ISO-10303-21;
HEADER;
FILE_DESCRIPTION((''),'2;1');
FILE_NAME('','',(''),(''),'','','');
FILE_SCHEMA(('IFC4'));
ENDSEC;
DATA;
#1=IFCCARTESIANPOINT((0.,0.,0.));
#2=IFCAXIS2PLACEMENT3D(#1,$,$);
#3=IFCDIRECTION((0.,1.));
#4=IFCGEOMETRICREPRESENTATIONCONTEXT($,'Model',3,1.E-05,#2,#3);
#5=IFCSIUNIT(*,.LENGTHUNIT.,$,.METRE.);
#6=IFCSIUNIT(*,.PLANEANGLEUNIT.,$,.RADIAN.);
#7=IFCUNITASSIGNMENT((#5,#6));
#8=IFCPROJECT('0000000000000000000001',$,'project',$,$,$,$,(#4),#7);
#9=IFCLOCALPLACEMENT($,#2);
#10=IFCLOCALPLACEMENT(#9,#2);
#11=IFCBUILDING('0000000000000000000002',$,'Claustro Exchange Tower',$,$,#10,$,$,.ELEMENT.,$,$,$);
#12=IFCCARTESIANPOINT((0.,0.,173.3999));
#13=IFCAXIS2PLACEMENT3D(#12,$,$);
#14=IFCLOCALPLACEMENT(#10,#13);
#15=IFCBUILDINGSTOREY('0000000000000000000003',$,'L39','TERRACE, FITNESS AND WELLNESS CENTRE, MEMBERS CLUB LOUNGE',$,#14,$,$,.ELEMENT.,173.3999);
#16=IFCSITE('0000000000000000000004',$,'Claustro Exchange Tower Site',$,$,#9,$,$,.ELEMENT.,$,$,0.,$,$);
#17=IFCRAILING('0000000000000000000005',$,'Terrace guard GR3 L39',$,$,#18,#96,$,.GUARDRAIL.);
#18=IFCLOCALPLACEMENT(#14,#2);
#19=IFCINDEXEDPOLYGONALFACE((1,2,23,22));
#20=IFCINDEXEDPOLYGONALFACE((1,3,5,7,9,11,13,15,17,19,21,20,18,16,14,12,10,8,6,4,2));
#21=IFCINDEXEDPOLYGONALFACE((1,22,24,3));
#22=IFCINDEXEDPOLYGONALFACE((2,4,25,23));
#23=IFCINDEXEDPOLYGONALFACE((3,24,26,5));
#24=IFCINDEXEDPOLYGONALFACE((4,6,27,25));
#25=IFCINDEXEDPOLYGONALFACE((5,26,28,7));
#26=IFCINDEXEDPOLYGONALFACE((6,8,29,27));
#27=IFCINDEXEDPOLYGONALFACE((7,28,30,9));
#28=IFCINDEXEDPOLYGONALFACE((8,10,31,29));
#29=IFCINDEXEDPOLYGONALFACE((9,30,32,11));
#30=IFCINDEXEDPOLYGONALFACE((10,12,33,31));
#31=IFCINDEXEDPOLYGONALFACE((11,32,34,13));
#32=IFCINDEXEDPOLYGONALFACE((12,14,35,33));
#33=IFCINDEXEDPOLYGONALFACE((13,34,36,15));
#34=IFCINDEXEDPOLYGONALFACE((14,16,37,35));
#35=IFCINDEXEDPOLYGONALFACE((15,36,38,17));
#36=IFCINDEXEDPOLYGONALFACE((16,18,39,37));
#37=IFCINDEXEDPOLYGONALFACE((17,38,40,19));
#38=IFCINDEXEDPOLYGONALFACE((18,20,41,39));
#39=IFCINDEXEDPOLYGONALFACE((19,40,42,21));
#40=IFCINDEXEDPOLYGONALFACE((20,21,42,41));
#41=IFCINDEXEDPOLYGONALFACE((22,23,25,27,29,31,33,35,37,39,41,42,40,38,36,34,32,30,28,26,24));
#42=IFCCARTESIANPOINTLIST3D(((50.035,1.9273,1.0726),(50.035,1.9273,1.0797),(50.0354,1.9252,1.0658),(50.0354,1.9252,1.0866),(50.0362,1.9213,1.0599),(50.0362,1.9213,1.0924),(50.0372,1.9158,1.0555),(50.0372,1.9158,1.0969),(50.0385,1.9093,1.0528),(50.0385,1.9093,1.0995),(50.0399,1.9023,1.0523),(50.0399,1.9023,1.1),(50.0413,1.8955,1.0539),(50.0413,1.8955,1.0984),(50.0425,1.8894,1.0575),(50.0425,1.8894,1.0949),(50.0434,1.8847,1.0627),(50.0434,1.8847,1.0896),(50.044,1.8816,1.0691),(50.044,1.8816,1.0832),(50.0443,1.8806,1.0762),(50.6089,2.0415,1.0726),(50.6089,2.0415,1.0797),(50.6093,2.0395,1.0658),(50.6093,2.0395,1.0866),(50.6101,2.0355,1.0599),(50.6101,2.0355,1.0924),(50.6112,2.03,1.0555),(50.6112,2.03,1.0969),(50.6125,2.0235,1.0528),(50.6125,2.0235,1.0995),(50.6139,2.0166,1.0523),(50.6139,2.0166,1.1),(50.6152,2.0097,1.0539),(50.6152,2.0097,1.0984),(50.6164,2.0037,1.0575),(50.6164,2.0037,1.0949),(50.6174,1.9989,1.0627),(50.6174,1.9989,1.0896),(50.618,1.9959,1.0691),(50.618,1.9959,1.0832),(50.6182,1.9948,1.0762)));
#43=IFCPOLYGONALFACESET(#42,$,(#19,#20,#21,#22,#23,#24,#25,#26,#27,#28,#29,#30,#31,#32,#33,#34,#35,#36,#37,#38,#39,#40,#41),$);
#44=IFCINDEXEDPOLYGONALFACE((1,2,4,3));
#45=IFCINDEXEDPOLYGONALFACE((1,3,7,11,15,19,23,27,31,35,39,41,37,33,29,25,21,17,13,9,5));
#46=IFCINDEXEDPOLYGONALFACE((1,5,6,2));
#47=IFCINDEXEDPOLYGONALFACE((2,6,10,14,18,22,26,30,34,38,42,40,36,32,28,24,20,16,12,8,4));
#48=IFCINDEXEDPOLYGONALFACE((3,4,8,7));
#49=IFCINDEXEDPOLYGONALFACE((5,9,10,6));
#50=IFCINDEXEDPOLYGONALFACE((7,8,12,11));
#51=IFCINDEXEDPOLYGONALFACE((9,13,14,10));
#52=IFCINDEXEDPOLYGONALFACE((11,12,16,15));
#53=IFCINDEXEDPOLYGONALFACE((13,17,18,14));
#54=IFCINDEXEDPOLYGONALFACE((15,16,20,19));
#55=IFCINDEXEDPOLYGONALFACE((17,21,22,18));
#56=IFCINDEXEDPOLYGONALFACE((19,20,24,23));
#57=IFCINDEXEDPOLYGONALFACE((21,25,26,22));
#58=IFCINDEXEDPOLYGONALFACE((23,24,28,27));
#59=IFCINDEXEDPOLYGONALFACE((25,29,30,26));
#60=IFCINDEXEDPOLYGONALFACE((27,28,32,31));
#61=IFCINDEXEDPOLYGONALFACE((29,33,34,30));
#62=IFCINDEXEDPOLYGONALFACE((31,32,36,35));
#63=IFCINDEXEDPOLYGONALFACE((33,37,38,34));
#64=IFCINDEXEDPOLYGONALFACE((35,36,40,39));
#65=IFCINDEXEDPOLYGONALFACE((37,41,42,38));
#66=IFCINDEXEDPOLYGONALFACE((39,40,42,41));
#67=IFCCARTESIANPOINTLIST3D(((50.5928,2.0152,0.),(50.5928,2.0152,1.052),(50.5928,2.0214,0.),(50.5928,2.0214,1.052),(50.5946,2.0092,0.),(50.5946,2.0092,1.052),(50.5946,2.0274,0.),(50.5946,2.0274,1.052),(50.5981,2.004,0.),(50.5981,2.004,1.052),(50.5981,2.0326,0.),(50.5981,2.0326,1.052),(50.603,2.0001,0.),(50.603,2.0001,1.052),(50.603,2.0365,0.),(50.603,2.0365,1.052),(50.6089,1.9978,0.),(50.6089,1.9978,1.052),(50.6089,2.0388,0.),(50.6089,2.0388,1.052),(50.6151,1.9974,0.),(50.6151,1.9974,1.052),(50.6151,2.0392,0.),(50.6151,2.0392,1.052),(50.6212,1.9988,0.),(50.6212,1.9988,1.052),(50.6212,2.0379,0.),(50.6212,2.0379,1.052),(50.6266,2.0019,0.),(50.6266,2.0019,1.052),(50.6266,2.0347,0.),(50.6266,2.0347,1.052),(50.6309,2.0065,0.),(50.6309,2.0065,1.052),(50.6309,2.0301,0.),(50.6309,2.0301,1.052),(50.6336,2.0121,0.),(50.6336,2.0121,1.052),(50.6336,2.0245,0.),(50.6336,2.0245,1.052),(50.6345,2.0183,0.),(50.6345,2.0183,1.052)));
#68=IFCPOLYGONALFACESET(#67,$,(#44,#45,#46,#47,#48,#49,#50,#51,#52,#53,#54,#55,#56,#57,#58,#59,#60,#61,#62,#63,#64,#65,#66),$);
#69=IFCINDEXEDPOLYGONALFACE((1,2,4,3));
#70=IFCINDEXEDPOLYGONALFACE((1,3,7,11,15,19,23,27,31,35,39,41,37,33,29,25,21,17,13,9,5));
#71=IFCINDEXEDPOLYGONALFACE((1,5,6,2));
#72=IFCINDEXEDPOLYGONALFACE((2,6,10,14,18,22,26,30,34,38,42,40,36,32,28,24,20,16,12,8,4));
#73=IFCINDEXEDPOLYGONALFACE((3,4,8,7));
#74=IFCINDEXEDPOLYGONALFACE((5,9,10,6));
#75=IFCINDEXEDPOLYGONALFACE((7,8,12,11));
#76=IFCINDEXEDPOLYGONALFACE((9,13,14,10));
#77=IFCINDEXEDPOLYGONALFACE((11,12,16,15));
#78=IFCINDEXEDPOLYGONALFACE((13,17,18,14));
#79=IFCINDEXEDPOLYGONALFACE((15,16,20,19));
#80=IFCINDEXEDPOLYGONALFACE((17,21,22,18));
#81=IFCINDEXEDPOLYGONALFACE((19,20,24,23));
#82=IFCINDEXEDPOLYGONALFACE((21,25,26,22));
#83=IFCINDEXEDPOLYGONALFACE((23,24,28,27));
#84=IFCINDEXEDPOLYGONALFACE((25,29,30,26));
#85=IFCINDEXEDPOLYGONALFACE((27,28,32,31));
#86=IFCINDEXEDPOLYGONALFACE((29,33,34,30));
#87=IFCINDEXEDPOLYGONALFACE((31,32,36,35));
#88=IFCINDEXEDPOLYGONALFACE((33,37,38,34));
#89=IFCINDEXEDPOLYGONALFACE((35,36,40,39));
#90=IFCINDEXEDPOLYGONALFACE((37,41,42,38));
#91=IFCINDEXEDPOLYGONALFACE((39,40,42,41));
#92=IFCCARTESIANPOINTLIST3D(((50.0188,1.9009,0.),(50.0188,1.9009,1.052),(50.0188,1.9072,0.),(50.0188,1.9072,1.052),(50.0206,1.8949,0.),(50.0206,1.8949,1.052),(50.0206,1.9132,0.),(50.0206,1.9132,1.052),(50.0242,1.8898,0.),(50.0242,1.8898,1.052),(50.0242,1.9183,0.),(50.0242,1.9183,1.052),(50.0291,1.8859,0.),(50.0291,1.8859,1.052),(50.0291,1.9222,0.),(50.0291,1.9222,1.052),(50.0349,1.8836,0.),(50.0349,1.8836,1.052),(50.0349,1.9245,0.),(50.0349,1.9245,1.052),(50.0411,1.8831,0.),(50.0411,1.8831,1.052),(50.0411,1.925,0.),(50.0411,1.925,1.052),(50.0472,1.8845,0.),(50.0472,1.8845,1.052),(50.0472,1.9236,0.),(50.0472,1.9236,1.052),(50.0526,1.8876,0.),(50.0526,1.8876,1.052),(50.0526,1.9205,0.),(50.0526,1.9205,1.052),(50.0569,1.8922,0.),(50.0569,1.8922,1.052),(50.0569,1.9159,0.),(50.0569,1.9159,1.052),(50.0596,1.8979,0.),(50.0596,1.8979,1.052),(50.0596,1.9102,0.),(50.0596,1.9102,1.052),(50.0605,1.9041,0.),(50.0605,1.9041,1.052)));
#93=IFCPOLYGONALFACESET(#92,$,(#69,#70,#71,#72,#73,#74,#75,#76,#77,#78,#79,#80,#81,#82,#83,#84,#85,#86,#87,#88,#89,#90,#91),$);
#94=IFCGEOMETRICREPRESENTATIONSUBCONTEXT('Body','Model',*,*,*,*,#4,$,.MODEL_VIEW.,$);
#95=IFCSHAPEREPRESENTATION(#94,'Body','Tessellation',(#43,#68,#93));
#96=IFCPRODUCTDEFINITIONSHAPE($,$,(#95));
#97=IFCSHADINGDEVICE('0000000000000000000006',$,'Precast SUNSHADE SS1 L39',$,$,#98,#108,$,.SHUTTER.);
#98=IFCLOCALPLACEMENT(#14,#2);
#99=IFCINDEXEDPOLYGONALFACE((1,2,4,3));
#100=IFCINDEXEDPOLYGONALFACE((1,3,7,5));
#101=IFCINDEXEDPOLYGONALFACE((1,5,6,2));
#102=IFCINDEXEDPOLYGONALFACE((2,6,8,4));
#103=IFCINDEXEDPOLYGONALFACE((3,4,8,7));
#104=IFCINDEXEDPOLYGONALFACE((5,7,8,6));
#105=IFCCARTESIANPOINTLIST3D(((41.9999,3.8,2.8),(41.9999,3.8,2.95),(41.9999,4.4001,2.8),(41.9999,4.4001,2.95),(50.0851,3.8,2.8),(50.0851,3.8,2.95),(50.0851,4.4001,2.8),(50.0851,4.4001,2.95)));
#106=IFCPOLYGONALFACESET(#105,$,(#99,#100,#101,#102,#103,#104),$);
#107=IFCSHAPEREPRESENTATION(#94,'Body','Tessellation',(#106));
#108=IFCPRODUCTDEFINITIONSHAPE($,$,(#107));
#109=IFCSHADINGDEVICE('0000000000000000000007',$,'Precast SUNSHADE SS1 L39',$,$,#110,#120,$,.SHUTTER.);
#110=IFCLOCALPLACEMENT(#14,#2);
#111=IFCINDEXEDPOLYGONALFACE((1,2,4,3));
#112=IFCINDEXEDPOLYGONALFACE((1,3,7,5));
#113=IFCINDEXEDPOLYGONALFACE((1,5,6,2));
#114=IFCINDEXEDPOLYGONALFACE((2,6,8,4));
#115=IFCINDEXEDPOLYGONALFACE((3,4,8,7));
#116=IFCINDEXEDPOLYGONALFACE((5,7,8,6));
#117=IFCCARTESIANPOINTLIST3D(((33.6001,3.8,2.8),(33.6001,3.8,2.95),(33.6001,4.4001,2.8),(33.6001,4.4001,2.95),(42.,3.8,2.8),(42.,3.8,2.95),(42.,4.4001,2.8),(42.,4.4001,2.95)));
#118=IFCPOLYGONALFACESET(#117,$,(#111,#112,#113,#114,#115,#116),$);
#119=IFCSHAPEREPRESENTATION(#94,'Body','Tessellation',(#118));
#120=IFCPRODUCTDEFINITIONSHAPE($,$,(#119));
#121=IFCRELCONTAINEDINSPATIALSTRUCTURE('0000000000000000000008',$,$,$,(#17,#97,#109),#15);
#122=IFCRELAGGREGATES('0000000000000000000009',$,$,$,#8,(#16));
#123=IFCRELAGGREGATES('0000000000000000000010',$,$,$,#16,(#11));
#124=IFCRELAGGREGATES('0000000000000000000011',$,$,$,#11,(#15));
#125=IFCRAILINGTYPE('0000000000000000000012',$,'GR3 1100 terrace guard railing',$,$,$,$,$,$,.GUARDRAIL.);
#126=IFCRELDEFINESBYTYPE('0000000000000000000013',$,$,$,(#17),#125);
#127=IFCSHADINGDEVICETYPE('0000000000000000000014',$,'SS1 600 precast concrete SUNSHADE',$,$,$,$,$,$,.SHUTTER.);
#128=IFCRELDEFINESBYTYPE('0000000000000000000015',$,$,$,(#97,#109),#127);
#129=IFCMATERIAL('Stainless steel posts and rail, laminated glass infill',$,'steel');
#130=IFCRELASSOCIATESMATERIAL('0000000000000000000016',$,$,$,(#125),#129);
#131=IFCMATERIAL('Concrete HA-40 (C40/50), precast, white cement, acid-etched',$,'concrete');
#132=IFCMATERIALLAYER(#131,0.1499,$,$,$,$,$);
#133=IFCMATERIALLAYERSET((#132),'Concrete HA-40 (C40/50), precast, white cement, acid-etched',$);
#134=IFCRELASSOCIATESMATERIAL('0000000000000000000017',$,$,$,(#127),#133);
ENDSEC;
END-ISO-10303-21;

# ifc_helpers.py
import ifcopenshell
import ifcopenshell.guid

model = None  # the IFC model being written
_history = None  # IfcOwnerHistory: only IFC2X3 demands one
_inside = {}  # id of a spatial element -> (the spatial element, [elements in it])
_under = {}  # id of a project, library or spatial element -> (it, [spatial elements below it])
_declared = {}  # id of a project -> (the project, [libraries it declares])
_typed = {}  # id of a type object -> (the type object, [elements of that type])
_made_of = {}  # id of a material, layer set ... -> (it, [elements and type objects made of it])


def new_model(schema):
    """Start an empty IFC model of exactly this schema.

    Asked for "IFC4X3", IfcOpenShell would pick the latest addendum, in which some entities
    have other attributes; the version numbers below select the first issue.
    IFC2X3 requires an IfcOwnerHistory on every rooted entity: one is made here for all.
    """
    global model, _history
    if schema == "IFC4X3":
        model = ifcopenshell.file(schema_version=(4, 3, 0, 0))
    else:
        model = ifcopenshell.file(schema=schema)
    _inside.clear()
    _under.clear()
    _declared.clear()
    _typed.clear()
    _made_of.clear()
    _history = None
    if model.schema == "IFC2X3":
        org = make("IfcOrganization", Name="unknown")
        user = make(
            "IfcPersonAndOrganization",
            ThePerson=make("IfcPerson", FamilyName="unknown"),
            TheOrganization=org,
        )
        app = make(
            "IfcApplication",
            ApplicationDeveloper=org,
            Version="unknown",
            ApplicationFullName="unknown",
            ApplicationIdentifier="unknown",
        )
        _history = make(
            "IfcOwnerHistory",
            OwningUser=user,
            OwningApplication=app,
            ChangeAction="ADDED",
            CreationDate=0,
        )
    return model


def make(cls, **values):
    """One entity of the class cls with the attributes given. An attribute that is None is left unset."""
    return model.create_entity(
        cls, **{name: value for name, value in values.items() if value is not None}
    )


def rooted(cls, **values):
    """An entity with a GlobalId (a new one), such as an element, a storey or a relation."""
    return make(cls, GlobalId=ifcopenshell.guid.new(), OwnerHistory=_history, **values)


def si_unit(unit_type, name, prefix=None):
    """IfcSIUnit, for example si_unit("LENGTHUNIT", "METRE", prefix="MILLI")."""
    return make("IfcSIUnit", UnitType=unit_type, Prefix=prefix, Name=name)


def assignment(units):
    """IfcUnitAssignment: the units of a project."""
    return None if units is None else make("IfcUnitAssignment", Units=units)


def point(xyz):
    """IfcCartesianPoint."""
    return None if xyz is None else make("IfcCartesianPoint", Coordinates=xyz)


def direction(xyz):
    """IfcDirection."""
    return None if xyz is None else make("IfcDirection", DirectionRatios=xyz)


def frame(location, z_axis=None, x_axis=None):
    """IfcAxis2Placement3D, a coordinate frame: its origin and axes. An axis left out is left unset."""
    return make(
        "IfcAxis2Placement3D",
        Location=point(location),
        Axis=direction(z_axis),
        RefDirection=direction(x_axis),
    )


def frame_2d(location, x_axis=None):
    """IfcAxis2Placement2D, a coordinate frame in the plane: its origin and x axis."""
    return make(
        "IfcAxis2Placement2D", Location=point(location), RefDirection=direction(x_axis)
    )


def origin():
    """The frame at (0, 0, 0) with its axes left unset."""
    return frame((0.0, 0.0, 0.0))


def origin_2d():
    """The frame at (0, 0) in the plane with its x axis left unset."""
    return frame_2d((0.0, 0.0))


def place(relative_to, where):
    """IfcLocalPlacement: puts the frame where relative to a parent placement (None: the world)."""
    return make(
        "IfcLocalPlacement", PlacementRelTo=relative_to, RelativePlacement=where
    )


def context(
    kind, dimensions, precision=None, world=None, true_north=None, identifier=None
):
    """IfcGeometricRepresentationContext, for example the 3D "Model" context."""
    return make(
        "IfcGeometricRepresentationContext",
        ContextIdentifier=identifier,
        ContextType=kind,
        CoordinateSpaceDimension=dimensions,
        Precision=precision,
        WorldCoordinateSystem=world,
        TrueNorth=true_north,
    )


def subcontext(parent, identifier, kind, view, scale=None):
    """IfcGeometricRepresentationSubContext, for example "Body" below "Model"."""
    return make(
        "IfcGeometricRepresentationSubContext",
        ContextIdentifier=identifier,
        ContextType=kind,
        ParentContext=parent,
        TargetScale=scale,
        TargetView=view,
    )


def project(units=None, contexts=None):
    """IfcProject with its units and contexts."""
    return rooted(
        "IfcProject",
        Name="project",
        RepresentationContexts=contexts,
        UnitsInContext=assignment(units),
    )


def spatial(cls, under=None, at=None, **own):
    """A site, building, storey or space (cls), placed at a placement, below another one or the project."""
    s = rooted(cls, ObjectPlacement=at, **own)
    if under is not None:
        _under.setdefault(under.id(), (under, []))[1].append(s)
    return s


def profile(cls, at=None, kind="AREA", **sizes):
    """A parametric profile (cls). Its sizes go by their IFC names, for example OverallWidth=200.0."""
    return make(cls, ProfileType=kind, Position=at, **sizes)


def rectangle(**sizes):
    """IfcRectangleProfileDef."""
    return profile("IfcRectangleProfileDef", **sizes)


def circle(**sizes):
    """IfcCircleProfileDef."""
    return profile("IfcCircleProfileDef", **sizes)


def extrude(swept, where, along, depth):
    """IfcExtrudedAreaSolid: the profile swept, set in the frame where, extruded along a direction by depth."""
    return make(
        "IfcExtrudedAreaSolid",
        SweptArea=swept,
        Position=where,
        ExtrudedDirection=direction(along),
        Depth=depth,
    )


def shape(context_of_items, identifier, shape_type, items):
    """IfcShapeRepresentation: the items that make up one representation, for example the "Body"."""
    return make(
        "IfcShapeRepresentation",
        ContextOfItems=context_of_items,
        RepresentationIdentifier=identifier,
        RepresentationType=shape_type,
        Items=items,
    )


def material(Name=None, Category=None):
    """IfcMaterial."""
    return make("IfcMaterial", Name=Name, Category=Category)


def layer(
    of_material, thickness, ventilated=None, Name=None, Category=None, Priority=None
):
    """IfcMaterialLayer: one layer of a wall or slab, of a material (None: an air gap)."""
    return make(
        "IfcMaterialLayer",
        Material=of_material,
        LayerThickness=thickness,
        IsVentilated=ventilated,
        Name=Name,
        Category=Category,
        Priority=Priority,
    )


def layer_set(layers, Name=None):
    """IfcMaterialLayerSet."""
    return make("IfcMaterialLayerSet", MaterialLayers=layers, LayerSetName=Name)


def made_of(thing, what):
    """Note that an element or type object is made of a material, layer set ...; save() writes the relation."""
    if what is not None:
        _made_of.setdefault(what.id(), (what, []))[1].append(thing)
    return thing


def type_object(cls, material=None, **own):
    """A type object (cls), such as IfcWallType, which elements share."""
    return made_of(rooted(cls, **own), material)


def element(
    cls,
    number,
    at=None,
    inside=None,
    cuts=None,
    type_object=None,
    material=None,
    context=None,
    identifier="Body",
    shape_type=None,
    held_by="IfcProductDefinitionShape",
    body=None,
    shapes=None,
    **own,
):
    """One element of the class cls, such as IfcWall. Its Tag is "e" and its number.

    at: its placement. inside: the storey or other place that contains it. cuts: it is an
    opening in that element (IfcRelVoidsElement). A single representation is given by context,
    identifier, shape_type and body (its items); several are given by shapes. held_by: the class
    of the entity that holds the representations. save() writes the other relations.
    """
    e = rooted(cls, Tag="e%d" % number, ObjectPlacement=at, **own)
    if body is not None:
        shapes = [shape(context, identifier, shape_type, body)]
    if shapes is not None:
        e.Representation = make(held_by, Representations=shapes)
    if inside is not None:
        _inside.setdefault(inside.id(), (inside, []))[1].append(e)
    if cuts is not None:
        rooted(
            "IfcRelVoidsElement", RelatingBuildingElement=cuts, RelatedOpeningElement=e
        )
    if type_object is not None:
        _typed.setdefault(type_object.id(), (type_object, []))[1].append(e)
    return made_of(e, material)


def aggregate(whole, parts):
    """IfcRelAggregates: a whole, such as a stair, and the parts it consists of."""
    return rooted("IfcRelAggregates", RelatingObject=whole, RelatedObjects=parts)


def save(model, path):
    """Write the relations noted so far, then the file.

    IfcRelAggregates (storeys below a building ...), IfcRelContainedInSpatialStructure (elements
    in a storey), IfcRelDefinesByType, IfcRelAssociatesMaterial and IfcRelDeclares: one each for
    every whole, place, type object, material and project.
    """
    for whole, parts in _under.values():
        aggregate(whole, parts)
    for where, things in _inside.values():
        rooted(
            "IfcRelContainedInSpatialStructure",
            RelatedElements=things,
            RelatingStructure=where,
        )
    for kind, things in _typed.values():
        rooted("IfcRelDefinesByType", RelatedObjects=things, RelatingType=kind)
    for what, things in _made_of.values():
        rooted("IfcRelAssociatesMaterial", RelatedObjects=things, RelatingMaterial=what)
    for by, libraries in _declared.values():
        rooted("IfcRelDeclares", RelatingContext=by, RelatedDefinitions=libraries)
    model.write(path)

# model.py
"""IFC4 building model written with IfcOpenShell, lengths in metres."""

from ifc_helpers import new_model, si_unit, direction, frame, origin, origin_2d, place, context, subcontext, project, spatial, rectangle, circle, extrude, material, layer, layer_set, type_object, element, save


model = new_model("IFC4")

# Units and contexts
model_context = context("Model", 3, precision=1e-05, world=origin(), true_north=direction((0.0, 1.0)))
body_context = subcontext(model_context, "Body", "Model", "MODEL_VIEW")
ifc_project = project(units=[si_unit("LENGTHUNIT", "METRE"), si_unit("PLANEANGLEUNIT", "RADIAN")], contexts=[model_context])

# Site, building, storey
site_placement = place(None, origin())
site = spatial("IfcSite", under=ifc_project, at=site_placement, Name="Claustro Exchange Tower Site", CompositionType="ELEMENT", RefElevation=0.0)
building_placement = place(site_placement, origin())
building = spatial("IfcBuilding", under=site, at=building_placement, Name="Claustro Exchange Tower", CompositionType="ELEMENT")
storey_placement = place(building_placement, frame((0.0, 0.0, 173.3999)))
storey = spatial("IfcBuildingStorey", under=building, at=storey_placement, Name="L39", Description="TERRACE, FITNESS AND WELLNESS CENTRE, MEMBERS CLUB LOUNGE", CompositionType="ELEMENT", Elevation=173.3999)

# Railing
ifc_material_1 = material(Name="Stainless steel posts and rail, laminated glass infill", Category="steel")
railing_type = type_object("IfcRailingType", Name="GR3 1100 terrace guard railing", PredefinedType="GUARDRAIL", material=ifc_material_1)
railing_1_placement = place(storey_placement, frame((50.6135, 2.0183, 0.0)))
element("IfcRailing", 1, at=railing_1_placement, inside=storey, type_object=railing_type, Name="Terrace guard GR3 L39", PredefinedType="GUARDRAIL", context=body_context, shape_type="SweptSolid", body=[
    extrude(circle(Radius=0.0239, at=origin_2d()), frame((0.0, 0.0, 1.0762), z_axis=(-0.980757, -0.195234, 0.0), x_axis=(0.195234, -0.980757, 0.0)), (0.0, 0.0, 1.0), 0.5852),
    extrude(circle(Radius=0.021, at=origin_2d()), origin(), (0.0, 0.0, 1.0), 1.052),
    extrude(circle(Radius=0.021, at=origin_2d()), frame((-0.574, -0.1143, 0.0)), (0.0, 0.0, 1.0), 1.052),
])

# Shading devices
ifc_material_2 = material(Name="Concrete HA-40 (C40/50), precast, white cement, acid-etched", Category="concrete")
ifc_layer_1 = layer(ifc_material_2, 0.1499)
ifc_layer_set_1 = layer_set([ifc_layer_1], Name="Concrete HA-40 (C40/50), precast, white cement, acid-etched")
shading_device_type = type_object("IfcShadingDeviceType", Name="SS1 600 precast concrete SUNSHADE", PredefinedType="SHUTTER", material=ifc_layer_set_1)
shading_device_1_placement = place(storey_placement, frame((46.0425, 4.1001, 2.8), z_axis=(0.0, 0.0, 1.0), x_axis=(-1.0, 0.0, 0.0)))
element("IfcShadingDevice", 2, at=shading_device_1_placement, inside=storey, type_object=shading_device_type, Name="Precast SUNSHADE SS1 L39", PredefinedType="SHUTTER", context=body_context, shape_type="SweptSolid", body=[
    extrude(rectangle(XDim=8.0852, YDim=0.6001, at=origin_2d()), origin(), (0.0, 0.0, 1.0), 0.1499),
])
shading_device_2_placement = place(storey_placement, frame((37.8, 4.1001, 2.8), z_axis=(0.0, 0.0, 1.0), x_axis=(-1.0, 0.0, 0.0)))
element("IfcShadingDevice", 3, at=shading_device_2_placement, inside=storey, type_object=shading_device_type, Name="Precast SUNSHADE SS1 L39", PredefinedType="SHUTTER", context=body_context, shape_type="SweptSolid", body=[
    extrude(rectangle(XDim=8.3999, YDim=0.6001, at=origin_2d()), origin(), (0.0, 0.0, 1.0), 0.1499),
])

save(model, "model.ifc")
